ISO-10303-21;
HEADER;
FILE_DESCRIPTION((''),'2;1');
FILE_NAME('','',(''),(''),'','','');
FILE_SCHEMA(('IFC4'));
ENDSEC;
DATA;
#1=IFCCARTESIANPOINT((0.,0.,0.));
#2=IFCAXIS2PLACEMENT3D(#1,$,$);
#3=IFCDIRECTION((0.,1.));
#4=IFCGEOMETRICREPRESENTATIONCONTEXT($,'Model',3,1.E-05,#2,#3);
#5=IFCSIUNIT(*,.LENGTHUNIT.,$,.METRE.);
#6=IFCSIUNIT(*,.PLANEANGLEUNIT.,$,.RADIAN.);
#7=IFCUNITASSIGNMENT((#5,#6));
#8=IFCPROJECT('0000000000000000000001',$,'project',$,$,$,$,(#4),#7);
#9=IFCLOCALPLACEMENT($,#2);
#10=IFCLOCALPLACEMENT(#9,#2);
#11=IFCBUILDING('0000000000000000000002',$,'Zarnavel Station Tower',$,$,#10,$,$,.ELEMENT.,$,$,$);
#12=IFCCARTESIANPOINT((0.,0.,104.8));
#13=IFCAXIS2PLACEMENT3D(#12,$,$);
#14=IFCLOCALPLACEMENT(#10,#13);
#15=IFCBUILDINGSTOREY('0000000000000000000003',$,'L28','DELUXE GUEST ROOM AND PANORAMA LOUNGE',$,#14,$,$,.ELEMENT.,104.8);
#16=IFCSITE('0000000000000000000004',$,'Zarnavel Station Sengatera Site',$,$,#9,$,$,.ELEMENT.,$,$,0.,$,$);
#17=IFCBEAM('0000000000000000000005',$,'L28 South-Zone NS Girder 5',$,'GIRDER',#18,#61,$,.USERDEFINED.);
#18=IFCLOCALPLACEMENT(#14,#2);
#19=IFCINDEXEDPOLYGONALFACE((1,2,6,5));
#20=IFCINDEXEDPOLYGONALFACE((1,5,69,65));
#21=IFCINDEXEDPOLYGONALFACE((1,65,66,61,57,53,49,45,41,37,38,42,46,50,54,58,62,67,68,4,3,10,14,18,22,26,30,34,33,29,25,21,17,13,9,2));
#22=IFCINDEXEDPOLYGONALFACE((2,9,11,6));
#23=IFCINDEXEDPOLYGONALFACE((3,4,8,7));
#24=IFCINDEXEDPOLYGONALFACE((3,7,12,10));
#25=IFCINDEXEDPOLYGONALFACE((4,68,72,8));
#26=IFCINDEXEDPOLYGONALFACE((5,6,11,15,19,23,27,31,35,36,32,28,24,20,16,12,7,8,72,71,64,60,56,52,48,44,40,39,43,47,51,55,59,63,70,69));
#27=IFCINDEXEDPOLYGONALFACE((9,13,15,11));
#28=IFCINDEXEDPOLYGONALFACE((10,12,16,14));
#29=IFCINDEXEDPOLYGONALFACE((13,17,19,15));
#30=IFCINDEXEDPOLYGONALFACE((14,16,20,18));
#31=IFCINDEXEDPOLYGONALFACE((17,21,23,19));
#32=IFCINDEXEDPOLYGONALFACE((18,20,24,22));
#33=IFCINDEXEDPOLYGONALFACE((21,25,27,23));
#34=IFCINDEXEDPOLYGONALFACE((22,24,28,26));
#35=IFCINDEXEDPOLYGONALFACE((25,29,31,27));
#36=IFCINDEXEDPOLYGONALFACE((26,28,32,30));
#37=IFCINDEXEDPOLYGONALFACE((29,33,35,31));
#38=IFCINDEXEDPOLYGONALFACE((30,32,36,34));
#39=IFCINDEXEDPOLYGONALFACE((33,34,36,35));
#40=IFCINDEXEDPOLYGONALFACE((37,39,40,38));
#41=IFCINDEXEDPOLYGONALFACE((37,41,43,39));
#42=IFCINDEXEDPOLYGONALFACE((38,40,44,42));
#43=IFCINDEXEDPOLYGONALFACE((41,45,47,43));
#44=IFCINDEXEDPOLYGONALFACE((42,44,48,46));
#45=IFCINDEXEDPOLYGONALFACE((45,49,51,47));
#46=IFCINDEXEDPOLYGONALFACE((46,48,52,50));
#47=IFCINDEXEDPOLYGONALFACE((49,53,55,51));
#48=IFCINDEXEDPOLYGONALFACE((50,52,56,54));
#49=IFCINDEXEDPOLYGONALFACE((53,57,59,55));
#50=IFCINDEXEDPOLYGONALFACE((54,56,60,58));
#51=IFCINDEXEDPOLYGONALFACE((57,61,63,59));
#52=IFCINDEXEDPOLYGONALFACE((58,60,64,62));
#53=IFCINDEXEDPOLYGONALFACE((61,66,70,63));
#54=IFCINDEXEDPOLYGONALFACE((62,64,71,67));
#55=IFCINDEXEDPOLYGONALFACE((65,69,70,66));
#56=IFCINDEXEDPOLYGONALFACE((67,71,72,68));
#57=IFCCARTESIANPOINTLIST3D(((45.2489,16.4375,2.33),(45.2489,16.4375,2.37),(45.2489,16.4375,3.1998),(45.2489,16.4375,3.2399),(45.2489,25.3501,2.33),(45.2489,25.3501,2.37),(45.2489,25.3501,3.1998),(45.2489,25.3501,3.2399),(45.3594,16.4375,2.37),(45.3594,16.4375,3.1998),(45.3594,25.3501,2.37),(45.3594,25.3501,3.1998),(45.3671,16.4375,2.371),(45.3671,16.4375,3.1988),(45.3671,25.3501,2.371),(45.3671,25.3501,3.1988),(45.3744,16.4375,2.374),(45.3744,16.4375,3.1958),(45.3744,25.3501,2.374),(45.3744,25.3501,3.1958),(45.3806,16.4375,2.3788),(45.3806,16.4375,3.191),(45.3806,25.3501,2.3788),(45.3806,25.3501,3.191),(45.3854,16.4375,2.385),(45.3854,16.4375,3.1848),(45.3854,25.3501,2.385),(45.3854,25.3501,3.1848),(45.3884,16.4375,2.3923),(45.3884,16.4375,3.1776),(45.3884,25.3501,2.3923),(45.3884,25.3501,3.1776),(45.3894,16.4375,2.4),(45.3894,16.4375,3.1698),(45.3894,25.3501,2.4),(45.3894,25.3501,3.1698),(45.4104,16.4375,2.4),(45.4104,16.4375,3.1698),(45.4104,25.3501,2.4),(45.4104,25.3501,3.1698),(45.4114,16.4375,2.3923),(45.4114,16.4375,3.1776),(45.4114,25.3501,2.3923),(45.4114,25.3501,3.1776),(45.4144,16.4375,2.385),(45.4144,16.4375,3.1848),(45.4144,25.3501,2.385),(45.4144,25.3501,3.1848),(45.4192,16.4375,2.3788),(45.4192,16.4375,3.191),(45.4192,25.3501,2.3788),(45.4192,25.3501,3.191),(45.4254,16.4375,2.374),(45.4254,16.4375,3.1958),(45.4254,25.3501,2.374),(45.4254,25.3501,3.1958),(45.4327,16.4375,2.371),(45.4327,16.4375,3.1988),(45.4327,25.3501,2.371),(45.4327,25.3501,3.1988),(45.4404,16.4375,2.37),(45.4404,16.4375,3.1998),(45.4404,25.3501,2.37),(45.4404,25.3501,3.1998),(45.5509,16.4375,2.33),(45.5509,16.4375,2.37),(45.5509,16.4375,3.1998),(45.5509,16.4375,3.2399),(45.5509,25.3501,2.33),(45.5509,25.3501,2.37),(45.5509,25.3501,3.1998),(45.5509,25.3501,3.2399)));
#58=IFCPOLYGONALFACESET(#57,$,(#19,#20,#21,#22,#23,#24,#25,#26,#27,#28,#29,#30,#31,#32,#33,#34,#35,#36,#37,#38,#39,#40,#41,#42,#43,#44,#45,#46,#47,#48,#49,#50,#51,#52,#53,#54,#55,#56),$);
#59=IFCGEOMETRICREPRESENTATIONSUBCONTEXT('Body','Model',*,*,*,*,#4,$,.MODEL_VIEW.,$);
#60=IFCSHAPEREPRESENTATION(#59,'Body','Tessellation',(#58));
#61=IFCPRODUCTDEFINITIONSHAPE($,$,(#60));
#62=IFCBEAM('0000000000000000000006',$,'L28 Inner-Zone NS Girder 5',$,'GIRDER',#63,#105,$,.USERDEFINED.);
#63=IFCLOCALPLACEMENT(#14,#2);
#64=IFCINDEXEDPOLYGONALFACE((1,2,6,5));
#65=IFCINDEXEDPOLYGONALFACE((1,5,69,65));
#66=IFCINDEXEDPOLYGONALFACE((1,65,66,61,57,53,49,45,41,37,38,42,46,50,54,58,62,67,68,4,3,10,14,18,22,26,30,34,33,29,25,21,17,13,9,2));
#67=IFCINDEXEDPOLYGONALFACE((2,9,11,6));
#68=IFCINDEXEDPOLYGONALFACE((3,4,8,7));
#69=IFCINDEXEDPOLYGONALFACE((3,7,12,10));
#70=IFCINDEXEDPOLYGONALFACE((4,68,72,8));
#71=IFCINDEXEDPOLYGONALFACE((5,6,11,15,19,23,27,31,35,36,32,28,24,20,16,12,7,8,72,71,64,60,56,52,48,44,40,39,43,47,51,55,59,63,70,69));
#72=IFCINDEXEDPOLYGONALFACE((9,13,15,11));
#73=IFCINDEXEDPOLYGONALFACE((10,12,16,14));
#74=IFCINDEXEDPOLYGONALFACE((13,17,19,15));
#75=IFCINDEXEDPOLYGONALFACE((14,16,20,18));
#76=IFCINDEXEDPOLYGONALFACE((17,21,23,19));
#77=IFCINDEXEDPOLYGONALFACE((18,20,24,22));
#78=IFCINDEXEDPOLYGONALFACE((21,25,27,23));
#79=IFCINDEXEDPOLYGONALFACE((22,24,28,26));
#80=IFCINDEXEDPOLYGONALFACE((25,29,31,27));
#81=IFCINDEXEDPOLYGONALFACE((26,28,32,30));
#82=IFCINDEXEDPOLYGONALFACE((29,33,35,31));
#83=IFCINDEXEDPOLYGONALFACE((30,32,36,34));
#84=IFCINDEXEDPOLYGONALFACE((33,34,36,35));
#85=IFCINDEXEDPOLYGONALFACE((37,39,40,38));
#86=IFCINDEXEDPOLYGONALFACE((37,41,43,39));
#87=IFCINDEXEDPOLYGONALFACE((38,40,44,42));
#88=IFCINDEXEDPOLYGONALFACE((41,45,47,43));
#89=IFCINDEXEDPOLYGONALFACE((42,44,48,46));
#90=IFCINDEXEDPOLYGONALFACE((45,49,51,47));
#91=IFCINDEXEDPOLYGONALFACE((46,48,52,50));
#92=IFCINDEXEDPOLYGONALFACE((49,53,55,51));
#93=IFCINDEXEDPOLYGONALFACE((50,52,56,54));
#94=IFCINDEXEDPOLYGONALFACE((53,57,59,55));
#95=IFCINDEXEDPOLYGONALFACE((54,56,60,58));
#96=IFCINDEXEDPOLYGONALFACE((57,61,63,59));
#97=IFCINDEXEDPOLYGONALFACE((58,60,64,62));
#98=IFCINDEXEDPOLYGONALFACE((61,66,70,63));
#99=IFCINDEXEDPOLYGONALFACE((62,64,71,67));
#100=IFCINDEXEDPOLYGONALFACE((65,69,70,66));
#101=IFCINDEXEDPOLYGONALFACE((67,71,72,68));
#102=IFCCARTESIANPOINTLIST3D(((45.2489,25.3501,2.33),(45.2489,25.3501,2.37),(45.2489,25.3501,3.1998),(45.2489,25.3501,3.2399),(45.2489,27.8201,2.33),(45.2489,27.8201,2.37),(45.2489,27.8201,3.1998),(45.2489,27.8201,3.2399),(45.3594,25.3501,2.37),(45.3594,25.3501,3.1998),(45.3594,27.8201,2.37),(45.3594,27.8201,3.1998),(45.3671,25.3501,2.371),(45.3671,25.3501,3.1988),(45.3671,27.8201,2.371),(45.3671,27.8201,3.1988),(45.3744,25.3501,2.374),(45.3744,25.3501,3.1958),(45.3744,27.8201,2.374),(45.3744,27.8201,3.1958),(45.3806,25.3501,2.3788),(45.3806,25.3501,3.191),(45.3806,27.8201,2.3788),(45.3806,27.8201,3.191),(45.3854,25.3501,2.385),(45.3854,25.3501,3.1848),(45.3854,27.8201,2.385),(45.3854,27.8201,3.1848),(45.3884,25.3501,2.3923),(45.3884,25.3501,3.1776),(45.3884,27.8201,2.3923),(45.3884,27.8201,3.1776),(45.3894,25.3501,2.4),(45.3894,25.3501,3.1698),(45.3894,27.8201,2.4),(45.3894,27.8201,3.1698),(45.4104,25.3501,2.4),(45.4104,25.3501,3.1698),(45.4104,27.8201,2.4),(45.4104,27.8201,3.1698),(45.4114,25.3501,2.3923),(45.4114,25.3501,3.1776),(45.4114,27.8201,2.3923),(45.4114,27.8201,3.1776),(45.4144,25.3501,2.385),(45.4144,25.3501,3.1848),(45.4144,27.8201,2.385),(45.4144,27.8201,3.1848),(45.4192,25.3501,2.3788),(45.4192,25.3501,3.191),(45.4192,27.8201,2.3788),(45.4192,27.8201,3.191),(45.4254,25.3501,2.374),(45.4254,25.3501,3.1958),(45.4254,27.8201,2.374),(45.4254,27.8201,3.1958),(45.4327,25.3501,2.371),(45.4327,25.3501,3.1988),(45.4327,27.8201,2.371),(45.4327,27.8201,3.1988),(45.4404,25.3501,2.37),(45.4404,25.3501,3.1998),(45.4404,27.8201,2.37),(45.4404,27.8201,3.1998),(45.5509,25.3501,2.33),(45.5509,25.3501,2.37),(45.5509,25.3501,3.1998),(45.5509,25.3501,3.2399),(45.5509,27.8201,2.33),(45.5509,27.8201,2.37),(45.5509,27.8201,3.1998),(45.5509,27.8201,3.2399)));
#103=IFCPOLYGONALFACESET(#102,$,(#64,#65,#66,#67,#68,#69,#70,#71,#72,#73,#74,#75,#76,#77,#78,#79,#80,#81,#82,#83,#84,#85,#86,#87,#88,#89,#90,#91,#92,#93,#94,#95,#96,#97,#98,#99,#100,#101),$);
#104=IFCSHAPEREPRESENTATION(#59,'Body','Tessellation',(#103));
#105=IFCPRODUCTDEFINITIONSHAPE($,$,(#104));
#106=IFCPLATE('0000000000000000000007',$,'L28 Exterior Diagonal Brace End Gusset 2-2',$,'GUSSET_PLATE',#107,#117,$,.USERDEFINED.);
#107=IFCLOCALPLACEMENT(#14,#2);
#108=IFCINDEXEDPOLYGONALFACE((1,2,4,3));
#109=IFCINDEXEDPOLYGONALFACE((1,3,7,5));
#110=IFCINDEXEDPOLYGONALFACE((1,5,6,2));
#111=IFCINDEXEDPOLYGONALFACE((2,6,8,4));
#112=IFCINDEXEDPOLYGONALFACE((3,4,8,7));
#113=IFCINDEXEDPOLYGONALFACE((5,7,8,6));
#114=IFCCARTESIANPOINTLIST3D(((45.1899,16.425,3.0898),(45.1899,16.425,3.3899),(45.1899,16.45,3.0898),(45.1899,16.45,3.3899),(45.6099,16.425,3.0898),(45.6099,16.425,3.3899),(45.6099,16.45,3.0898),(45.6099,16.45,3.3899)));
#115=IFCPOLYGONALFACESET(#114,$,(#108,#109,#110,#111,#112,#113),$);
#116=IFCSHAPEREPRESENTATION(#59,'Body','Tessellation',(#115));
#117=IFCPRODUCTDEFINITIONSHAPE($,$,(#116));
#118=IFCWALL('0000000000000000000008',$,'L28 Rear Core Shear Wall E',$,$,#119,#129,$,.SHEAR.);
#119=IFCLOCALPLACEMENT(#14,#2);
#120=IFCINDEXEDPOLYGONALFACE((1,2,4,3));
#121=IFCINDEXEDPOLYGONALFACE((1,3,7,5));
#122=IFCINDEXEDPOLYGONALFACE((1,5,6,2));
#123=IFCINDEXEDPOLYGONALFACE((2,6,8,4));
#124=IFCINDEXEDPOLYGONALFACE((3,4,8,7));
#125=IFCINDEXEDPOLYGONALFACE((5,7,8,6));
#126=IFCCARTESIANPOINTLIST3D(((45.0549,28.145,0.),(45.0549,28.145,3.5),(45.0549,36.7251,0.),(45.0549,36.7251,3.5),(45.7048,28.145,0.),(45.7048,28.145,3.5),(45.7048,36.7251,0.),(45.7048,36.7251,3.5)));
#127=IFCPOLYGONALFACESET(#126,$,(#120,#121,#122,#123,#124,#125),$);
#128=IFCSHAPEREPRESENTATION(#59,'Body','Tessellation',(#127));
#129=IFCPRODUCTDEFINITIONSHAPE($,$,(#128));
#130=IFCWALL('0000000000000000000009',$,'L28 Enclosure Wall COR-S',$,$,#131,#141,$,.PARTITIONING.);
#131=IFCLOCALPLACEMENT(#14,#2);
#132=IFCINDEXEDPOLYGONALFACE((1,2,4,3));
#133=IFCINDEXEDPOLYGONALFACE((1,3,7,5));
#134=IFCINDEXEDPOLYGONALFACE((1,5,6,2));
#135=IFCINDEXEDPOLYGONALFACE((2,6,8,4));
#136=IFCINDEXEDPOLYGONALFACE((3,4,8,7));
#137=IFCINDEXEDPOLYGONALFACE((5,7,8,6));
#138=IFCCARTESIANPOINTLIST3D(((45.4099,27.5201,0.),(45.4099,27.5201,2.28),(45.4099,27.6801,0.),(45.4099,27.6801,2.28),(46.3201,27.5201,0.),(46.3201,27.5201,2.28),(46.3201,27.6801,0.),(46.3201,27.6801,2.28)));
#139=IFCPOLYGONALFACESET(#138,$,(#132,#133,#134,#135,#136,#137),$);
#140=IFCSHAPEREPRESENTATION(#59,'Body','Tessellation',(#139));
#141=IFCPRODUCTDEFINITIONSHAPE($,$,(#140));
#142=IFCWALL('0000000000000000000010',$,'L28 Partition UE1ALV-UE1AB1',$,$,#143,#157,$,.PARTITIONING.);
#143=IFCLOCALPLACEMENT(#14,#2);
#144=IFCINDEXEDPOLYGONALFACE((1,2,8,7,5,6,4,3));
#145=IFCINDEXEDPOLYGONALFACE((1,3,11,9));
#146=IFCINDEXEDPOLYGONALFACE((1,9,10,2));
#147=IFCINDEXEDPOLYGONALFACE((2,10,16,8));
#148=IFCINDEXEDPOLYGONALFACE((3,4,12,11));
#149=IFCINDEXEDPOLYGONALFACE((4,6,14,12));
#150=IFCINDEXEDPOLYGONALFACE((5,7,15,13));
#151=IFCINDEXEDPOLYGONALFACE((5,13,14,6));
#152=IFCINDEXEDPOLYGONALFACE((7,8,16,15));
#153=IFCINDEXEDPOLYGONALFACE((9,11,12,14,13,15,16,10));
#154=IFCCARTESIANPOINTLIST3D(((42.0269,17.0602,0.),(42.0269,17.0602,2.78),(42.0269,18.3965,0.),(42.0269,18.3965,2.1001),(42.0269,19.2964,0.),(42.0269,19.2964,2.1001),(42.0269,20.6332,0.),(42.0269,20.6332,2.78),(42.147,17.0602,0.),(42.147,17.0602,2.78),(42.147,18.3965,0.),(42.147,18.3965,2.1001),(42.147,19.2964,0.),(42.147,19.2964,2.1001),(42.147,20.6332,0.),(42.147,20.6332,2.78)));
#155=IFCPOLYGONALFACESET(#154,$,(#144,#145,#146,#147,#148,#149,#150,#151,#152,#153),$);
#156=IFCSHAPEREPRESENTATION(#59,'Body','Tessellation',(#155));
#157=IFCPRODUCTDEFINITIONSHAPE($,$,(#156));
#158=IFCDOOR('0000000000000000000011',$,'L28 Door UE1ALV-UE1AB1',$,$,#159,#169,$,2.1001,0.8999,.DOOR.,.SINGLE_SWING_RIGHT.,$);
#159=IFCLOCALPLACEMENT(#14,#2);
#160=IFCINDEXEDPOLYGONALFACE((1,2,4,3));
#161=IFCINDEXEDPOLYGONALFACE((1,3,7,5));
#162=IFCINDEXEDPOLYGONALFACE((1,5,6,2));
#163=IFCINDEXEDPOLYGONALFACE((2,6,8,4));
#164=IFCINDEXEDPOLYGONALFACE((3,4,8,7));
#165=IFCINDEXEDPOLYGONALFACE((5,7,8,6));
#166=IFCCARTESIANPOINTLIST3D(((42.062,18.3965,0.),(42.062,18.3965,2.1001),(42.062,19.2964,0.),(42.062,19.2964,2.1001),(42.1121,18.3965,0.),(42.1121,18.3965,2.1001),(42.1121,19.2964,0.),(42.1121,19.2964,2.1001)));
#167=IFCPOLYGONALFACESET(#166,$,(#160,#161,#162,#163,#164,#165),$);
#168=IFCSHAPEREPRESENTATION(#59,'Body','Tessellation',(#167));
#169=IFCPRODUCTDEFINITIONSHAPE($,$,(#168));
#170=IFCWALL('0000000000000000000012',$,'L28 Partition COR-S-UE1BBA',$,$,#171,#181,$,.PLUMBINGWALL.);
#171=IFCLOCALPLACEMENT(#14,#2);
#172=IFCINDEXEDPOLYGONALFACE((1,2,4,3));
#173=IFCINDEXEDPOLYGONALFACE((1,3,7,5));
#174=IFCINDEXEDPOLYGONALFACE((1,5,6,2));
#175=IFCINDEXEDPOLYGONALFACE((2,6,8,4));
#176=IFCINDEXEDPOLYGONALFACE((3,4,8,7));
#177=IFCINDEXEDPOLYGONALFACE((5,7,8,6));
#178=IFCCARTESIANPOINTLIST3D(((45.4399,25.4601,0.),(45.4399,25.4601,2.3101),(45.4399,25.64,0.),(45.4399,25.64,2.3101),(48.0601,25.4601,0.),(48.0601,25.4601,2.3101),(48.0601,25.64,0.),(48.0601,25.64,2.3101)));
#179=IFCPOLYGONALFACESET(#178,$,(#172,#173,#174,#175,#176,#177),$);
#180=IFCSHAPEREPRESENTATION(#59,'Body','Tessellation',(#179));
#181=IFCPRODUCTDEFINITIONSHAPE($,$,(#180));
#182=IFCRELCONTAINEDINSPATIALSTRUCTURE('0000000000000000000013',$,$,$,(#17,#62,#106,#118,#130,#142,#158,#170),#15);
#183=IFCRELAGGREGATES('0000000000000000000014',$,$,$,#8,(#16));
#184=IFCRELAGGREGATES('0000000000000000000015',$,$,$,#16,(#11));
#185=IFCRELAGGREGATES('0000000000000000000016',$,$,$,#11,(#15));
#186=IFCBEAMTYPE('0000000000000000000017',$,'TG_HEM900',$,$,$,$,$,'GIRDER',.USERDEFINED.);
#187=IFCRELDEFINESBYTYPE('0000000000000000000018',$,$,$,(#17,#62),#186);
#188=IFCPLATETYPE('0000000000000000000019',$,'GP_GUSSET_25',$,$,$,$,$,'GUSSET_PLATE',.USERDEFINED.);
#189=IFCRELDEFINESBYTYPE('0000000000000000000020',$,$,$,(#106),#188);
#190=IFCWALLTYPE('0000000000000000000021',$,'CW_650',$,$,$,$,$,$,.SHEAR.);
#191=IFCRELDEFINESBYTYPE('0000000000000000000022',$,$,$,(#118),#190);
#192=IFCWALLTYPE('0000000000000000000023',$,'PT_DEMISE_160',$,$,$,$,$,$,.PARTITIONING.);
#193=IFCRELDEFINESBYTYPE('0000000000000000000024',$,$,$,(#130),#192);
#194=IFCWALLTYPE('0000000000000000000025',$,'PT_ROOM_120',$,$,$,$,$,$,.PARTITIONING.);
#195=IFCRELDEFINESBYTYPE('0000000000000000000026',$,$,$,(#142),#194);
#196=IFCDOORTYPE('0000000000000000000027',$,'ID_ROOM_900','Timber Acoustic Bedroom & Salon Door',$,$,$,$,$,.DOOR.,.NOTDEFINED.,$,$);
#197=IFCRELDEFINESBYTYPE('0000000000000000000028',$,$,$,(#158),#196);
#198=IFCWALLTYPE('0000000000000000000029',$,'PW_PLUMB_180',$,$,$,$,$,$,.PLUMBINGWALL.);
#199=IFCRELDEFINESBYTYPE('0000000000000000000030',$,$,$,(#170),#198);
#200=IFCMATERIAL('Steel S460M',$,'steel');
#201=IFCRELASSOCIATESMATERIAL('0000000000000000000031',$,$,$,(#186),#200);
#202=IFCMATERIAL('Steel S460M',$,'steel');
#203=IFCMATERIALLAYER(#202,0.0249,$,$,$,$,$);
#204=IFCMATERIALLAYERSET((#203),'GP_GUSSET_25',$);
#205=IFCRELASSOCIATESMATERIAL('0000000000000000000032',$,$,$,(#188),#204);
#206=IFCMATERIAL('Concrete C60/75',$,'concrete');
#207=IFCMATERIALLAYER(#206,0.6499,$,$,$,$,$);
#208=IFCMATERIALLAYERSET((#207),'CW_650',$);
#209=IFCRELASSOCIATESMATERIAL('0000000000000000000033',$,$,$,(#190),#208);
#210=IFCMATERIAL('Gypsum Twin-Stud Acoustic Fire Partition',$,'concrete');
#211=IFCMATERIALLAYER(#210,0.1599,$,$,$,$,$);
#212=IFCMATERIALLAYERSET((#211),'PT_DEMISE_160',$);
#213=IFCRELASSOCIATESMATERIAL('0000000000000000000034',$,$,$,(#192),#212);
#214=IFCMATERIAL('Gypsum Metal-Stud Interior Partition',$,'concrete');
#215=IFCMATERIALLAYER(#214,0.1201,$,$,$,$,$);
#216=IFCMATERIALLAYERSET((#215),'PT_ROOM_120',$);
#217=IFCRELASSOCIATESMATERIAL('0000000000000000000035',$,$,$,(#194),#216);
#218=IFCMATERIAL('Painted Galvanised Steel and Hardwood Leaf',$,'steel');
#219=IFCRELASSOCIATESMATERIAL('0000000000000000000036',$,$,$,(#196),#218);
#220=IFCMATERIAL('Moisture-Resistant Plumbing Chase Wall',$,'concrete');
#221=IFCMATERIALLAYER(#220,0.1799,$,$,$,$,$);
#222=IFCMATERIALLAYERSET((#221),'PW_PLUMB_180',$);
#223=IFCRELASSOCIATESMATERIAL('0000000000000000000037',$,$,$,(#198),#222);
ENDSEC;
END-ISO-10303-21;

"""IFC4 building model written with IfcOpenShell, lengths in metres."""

from ifc_helpers import new_model, si_unit, direction, frame, frame_2d, origin, origin_2d, place, context, subcontext, project, spatial, rectangle, i_section, extrude, material, layer, layer_set, material_profile, profile_set, type_object, element, fill, save


model = new_model("IFC4")

# Units and contexts
model_context = context("Model", 3, precision=1e-05, world=origin(), true_north=direction((0.0, 1.0)))
body_context = subcontext(model_context, "Body", "Model", "MODEL_VIEW")
ifc_project = project(units=[si_unit("LENGTHUNIT", "METRE"), si_unit("PLANEANGLEUNIT", "RADIAN")], contexts=[model_context])

# Site, building, storey
site_placement = place(None, origin())
site = spatial("IfcSite", under=ifc_project, at=site_placement, Name="Zarnavel Station Sengatera Site", CompositionType="ELEMENT", RefElevation=0.0)
building_placement = place(site_placement, origin())
building = spatial("IfcBuilding", under=site, at=building_placement, Name="Zarnavel Station Tower", CompositionType="ELEMENT")
storey_placement = place(building_placement, frame((0.0, 0.0, 104.8)))
storey = spatial("IfcBuildingStorey", under=building, at=storey_placement, Name="L28", Description="DELUXE GUEST ROOM AND PANORAMA LOUNGE", CompositionType="ELEMENT", Elevation=104.8)

# Beams
ifc_material_1 = material(Name="Steel S460M", Category="steel")
ifc_material_profile_1 = material_profile(ifc_material_1, i_section(OverallWidth=0.302, OverallDepth=0.9099, WebThickness=0.021, FlangeThickness=0.04, FilletRadius=0.03, at=origin_2d()), Name="HEM900")
ifc_profile_set_1 = profile_set([ifc_material_profile_1], Name="Steel S460M")
beam_type_1 = type_object("IfcBeamType", Name="TG_HEM900", ElementType="GIRDER", PredefinedType="USERDEFINED", material=ifc_profile_set_1)
beam_1_placement = place(storey_placement, frame((45.3999, 16.4375, 2.7849), z_axis=(0.0, 1.0, 0.0), x_axis=(-1.0, 0.0, 0.0)))
element("IfcBeam", 1, at=beam_1_placement, inside=storey, type_object=beam_type_1, Name="L28 South-Zone NS Girder 5", ObjectType="GIRDER", PredefinedType="USERDEFINED", context=body_context, shape_type="SweptSolid", body=[
    extrude(i_section(OverallWidth=0.302, OverallDepth=0.9099, WebThickness=0.021, FlangeThickness=0.04, FilletRadius=0.03, at=origin_2d()), origin(), (0.0, 0.0, 1.0), 8.9126),
])
beam_2_placement = place(storey_placement, frame((45.3999, 25.3501, 2.7849), z_axis=(0.0, 1.0, 0.0), x_axis=(-1.0, 0.0, 0.0)))
element("IfcBeam", 2, at=beam_2_placement, inside=storey, type_object=beam_type_1, Name="L28 Inner-Zone NS Girder 5", ObjectType="GIRDER", PredefinedType="USERDEFINED", context=body_context, shape_type="SweptSolid", body=[
    extrude(i_section(OverallWidth=0.302, OverallDepth=0.9099, WebThickness=0.021, FlangeThickness=0.04, FilletRadius=0.03, at=origin_2d()), origin(), (0.0, 0.0, 1.0), 2.47),
])

# Plate
ifc_material_2 = material(Name="Steel S460M", Category="steel")
ifc_layer_1 = layer(ifc_material_2, 0.0249)
ifc_layer_set_1 = layer_set([ifc_layer_1], Name="GP_GUSSET_25")
plate_type = type_object("IfcPlateType", Name="GP_GUSSET_25", ElementType="GUSSET_PLATE", PredefinedType="USERDEFINED", material=ifc_layer_set_1)
plate_placement = place(storey_placement, frame((45.3999, 16.4375, 3.0898), z_axis=(0.0, 0.0, 1.0), x_axis=(1.0, 0.0, 0.0)))
element("IfcPlate", 3, at=plate_placement, inside=storey, type_object=plate_type, Name="L28 Exterior Diagonal Brace End Gusset 2-2", ObjectType="GUSSET_PLATE", PredefinedType="USERDEFINED", context=body_context, shape_type="SweptSolid", body=[
    extrude(rectangle(XDim=0.4199, YDim=0.0249, at=origin_2d()), origin(), (0.0, 0.0, 1.0), 0.3),
])

# Shared definitions
ifc_material_3 = material(Name="Concrete C60/75", Category="concrete")
ifc_layer_2 = layer(ifc_material_3, 0.6499)
ifc_layer_set_2 = layer_set([ifc_layer_2], Name="CW_650")
wall_type_1 = type_object("IfcWallType", Name="CW_650", PredefinedType="SHEAR", material=ifc_layer_set_2)

# Wall
wall_1_placement = place(storey_placement, frame((45.3799, 28.145, 0.0), z_axis=(0.0, 0.0, 1.0), x_axis=(0.0, 1.0, 0.0)))
element("IfcWall", 4, at=wall_1_placement, inside=storey, type_object=wall_type_1, Name="L28 Rear Core Shear Wall E", PredefinedType="SHEAR", context=body_context, shape_type="SweptSolid", body=[
    extrude(rectangle(XDim=8.5801, YDim=0.6499, at=frame_2d((4.29, 0.0))), origin(), (0.0, 0.0, 1.0), 3.5),
])

# Shared definitions
ifc_material_4 = material(Name="Gypsum Twin-Stud Acoustic Fire Partition", Category="concrete")
ifc_layer_3 = layer(ifc_material_4, 0.1599)
ifc_layer_set_3 = layer_set([ifc_layer_3], Name="PT_DEMISE_160")
wall_type_2 = type_object("IfcWallType", Name="PT_DEMISE_160", PredefinedType="PARTITIONING", material=ifc_layer_set_3)

# Wall
wall_2_placement = place(storey_placement, frame((45.4099, 27.6001, 0.0), z_axis=(0.0, 0.0, 1.0), x_axis=(1.0, 0.0, 0.0)))
element("IfcWall", 5, at=wall_2_placement, inside=storey, type_object=wall_type_2, Name="L28 Enclosure Wall COR-S", PredefinedType="PARTITIONING", context=body_context, shape_type="SweptSolid", body=[
    extrude(rectangle(XDim=0.9102, YDim=0.1599, at=frame_2d((0.4551, 0.0))), origin(), (0.0, 0.0, 1.0), 2.28),
])

# Wall, opening, door
ifc_material_5 = material(Name="Gypsum Metal-Stud Interior Partition", Category="concrete")
ifc_layer_4 = layer(ifc_material_5, 0.1201)
ifc_layer_set_4 = layer_set([ifc_layer_4], Name="PT_ROOM_120")
wall_type_3 = type_object("IfcWallType", Name="PT_ROOM_120", PredefinedType="PARTITIONING", material=ifc_layer_set_4)
wall_3_placement = place(storey_placement, frame((42.0869, 17.0601, 0.0), z_axis=(0.0, 0.0, 1.0), x_axis=(0.0, 1.0, 0.0)))
wall_3 = element("IfcWall", 6, at=wall_3_placement, inside=storey, type_object=wall_type_3, Name="L28 Partition UE1ALV-UE1AB1", PredefinedType="PARTITIONING", context=body_context, shape_type="SweptSolid", body=[
    extrude(rectangle(XDim=3.573, YDim=0.1201, at=frame_2d((1.7866, 0.0))), origin(), (0.0, 0.0, 1.0), 2.78),
])
opening_1_placement = place(wall_3_placement, frame((1.3364, 0.0, 0.0)))
opening_1 = element("IfcOpeningElement", 7, at=opening_1_placement, cuts=wall_3, PredefinedType="OPENING", context=body_context, shape_type="SweptSolid", body=[
    extrude(rectangle(XDim=0.8999, YDim=2.1001, at=frame_2d((0.45, 1.05))), frame((0.0, 0.0701, 0.0), z_axis=(0.0, -1.0, 0.0), x_axis=(1.0, 0.0, 0.0)), (0.0, 0.0, 1.0), 0.1401),
])
ifc_material_6 = material(Name="Painted Galvanised Steel and Hardwood Leaf", Category="steel")
door_type_1 = type_object("IfcDoorType", Name="ID_ROOM_900", Description="Timber Acoustic Bedroom & Salon Door", OperationType="NOTDEFINED", PredefinedType="DOOR", material=ifc_material_6)
door_1_placement = place(opening_1_placement, origin())
door_1 = element("IfcDoor", 8, at=door_1_placement, inside=storey, type_object=door_type_1, Name="L28 Door UE1ALV-UE1AB1", OperationType="SINGLE_SWING_RIGHT", OverallHeight=2.1001, OverallWidth=0.8999, PredefinedType="DOOR", context=body_context, shape_type="SweptSolid", body=[
    extrude(rectangle(XDim=0.8999, YDim=2.1001, at=frame_2d((0.45, 1.05))), frame((0.0, 0.0249, 0.0), z_axis=(0.0, -1.0, 0.0), x_axis=(1.0, 0.0, 0.0)), (0.0, 0.0, 1.0), 0.05),
])
fill(opening_1, door_1)

# Wall
ifc_material_7 = material(Name="Moisture-Resistant Plumbing Chase Wall", Category="concrete")
ifc_layer_5 = layer(ifc_material_7, 0.1799)
ifc_layer_set_5 = layer_set([ifc_layer_5], Name="PW_PLUMB_180")
wall_type_4 = type_object("IfcWallType", Name="PW_PLUMB_180", PredefinedType="PLUMBINGWALL", material=ifc_layer_set_5)
wall_4_placement = place(storey_placement, frame((45.4399, 25.55, 0.0), z_axis=(0.0, 0.0, 1.0), x_axis=(1.0, 0.0, 0.0)))
element("IfcWall", 9, at=wall_4_placement, inside=storey, type_object=wall_type_4, Name="L28 Partition COR-S-UE1BBA", PredefinedType="PLUMBINGWALL", context=body_context, shape_type="SweptSolid", body=[
    extrude(rectangle(XDim=2.6201, YDim=0.1799, at=frame_2d((1.3101, 0.0))), origin(), (0.0, 0.0, 1.0), 2.3101),
])

save(model, "model.ifc")
